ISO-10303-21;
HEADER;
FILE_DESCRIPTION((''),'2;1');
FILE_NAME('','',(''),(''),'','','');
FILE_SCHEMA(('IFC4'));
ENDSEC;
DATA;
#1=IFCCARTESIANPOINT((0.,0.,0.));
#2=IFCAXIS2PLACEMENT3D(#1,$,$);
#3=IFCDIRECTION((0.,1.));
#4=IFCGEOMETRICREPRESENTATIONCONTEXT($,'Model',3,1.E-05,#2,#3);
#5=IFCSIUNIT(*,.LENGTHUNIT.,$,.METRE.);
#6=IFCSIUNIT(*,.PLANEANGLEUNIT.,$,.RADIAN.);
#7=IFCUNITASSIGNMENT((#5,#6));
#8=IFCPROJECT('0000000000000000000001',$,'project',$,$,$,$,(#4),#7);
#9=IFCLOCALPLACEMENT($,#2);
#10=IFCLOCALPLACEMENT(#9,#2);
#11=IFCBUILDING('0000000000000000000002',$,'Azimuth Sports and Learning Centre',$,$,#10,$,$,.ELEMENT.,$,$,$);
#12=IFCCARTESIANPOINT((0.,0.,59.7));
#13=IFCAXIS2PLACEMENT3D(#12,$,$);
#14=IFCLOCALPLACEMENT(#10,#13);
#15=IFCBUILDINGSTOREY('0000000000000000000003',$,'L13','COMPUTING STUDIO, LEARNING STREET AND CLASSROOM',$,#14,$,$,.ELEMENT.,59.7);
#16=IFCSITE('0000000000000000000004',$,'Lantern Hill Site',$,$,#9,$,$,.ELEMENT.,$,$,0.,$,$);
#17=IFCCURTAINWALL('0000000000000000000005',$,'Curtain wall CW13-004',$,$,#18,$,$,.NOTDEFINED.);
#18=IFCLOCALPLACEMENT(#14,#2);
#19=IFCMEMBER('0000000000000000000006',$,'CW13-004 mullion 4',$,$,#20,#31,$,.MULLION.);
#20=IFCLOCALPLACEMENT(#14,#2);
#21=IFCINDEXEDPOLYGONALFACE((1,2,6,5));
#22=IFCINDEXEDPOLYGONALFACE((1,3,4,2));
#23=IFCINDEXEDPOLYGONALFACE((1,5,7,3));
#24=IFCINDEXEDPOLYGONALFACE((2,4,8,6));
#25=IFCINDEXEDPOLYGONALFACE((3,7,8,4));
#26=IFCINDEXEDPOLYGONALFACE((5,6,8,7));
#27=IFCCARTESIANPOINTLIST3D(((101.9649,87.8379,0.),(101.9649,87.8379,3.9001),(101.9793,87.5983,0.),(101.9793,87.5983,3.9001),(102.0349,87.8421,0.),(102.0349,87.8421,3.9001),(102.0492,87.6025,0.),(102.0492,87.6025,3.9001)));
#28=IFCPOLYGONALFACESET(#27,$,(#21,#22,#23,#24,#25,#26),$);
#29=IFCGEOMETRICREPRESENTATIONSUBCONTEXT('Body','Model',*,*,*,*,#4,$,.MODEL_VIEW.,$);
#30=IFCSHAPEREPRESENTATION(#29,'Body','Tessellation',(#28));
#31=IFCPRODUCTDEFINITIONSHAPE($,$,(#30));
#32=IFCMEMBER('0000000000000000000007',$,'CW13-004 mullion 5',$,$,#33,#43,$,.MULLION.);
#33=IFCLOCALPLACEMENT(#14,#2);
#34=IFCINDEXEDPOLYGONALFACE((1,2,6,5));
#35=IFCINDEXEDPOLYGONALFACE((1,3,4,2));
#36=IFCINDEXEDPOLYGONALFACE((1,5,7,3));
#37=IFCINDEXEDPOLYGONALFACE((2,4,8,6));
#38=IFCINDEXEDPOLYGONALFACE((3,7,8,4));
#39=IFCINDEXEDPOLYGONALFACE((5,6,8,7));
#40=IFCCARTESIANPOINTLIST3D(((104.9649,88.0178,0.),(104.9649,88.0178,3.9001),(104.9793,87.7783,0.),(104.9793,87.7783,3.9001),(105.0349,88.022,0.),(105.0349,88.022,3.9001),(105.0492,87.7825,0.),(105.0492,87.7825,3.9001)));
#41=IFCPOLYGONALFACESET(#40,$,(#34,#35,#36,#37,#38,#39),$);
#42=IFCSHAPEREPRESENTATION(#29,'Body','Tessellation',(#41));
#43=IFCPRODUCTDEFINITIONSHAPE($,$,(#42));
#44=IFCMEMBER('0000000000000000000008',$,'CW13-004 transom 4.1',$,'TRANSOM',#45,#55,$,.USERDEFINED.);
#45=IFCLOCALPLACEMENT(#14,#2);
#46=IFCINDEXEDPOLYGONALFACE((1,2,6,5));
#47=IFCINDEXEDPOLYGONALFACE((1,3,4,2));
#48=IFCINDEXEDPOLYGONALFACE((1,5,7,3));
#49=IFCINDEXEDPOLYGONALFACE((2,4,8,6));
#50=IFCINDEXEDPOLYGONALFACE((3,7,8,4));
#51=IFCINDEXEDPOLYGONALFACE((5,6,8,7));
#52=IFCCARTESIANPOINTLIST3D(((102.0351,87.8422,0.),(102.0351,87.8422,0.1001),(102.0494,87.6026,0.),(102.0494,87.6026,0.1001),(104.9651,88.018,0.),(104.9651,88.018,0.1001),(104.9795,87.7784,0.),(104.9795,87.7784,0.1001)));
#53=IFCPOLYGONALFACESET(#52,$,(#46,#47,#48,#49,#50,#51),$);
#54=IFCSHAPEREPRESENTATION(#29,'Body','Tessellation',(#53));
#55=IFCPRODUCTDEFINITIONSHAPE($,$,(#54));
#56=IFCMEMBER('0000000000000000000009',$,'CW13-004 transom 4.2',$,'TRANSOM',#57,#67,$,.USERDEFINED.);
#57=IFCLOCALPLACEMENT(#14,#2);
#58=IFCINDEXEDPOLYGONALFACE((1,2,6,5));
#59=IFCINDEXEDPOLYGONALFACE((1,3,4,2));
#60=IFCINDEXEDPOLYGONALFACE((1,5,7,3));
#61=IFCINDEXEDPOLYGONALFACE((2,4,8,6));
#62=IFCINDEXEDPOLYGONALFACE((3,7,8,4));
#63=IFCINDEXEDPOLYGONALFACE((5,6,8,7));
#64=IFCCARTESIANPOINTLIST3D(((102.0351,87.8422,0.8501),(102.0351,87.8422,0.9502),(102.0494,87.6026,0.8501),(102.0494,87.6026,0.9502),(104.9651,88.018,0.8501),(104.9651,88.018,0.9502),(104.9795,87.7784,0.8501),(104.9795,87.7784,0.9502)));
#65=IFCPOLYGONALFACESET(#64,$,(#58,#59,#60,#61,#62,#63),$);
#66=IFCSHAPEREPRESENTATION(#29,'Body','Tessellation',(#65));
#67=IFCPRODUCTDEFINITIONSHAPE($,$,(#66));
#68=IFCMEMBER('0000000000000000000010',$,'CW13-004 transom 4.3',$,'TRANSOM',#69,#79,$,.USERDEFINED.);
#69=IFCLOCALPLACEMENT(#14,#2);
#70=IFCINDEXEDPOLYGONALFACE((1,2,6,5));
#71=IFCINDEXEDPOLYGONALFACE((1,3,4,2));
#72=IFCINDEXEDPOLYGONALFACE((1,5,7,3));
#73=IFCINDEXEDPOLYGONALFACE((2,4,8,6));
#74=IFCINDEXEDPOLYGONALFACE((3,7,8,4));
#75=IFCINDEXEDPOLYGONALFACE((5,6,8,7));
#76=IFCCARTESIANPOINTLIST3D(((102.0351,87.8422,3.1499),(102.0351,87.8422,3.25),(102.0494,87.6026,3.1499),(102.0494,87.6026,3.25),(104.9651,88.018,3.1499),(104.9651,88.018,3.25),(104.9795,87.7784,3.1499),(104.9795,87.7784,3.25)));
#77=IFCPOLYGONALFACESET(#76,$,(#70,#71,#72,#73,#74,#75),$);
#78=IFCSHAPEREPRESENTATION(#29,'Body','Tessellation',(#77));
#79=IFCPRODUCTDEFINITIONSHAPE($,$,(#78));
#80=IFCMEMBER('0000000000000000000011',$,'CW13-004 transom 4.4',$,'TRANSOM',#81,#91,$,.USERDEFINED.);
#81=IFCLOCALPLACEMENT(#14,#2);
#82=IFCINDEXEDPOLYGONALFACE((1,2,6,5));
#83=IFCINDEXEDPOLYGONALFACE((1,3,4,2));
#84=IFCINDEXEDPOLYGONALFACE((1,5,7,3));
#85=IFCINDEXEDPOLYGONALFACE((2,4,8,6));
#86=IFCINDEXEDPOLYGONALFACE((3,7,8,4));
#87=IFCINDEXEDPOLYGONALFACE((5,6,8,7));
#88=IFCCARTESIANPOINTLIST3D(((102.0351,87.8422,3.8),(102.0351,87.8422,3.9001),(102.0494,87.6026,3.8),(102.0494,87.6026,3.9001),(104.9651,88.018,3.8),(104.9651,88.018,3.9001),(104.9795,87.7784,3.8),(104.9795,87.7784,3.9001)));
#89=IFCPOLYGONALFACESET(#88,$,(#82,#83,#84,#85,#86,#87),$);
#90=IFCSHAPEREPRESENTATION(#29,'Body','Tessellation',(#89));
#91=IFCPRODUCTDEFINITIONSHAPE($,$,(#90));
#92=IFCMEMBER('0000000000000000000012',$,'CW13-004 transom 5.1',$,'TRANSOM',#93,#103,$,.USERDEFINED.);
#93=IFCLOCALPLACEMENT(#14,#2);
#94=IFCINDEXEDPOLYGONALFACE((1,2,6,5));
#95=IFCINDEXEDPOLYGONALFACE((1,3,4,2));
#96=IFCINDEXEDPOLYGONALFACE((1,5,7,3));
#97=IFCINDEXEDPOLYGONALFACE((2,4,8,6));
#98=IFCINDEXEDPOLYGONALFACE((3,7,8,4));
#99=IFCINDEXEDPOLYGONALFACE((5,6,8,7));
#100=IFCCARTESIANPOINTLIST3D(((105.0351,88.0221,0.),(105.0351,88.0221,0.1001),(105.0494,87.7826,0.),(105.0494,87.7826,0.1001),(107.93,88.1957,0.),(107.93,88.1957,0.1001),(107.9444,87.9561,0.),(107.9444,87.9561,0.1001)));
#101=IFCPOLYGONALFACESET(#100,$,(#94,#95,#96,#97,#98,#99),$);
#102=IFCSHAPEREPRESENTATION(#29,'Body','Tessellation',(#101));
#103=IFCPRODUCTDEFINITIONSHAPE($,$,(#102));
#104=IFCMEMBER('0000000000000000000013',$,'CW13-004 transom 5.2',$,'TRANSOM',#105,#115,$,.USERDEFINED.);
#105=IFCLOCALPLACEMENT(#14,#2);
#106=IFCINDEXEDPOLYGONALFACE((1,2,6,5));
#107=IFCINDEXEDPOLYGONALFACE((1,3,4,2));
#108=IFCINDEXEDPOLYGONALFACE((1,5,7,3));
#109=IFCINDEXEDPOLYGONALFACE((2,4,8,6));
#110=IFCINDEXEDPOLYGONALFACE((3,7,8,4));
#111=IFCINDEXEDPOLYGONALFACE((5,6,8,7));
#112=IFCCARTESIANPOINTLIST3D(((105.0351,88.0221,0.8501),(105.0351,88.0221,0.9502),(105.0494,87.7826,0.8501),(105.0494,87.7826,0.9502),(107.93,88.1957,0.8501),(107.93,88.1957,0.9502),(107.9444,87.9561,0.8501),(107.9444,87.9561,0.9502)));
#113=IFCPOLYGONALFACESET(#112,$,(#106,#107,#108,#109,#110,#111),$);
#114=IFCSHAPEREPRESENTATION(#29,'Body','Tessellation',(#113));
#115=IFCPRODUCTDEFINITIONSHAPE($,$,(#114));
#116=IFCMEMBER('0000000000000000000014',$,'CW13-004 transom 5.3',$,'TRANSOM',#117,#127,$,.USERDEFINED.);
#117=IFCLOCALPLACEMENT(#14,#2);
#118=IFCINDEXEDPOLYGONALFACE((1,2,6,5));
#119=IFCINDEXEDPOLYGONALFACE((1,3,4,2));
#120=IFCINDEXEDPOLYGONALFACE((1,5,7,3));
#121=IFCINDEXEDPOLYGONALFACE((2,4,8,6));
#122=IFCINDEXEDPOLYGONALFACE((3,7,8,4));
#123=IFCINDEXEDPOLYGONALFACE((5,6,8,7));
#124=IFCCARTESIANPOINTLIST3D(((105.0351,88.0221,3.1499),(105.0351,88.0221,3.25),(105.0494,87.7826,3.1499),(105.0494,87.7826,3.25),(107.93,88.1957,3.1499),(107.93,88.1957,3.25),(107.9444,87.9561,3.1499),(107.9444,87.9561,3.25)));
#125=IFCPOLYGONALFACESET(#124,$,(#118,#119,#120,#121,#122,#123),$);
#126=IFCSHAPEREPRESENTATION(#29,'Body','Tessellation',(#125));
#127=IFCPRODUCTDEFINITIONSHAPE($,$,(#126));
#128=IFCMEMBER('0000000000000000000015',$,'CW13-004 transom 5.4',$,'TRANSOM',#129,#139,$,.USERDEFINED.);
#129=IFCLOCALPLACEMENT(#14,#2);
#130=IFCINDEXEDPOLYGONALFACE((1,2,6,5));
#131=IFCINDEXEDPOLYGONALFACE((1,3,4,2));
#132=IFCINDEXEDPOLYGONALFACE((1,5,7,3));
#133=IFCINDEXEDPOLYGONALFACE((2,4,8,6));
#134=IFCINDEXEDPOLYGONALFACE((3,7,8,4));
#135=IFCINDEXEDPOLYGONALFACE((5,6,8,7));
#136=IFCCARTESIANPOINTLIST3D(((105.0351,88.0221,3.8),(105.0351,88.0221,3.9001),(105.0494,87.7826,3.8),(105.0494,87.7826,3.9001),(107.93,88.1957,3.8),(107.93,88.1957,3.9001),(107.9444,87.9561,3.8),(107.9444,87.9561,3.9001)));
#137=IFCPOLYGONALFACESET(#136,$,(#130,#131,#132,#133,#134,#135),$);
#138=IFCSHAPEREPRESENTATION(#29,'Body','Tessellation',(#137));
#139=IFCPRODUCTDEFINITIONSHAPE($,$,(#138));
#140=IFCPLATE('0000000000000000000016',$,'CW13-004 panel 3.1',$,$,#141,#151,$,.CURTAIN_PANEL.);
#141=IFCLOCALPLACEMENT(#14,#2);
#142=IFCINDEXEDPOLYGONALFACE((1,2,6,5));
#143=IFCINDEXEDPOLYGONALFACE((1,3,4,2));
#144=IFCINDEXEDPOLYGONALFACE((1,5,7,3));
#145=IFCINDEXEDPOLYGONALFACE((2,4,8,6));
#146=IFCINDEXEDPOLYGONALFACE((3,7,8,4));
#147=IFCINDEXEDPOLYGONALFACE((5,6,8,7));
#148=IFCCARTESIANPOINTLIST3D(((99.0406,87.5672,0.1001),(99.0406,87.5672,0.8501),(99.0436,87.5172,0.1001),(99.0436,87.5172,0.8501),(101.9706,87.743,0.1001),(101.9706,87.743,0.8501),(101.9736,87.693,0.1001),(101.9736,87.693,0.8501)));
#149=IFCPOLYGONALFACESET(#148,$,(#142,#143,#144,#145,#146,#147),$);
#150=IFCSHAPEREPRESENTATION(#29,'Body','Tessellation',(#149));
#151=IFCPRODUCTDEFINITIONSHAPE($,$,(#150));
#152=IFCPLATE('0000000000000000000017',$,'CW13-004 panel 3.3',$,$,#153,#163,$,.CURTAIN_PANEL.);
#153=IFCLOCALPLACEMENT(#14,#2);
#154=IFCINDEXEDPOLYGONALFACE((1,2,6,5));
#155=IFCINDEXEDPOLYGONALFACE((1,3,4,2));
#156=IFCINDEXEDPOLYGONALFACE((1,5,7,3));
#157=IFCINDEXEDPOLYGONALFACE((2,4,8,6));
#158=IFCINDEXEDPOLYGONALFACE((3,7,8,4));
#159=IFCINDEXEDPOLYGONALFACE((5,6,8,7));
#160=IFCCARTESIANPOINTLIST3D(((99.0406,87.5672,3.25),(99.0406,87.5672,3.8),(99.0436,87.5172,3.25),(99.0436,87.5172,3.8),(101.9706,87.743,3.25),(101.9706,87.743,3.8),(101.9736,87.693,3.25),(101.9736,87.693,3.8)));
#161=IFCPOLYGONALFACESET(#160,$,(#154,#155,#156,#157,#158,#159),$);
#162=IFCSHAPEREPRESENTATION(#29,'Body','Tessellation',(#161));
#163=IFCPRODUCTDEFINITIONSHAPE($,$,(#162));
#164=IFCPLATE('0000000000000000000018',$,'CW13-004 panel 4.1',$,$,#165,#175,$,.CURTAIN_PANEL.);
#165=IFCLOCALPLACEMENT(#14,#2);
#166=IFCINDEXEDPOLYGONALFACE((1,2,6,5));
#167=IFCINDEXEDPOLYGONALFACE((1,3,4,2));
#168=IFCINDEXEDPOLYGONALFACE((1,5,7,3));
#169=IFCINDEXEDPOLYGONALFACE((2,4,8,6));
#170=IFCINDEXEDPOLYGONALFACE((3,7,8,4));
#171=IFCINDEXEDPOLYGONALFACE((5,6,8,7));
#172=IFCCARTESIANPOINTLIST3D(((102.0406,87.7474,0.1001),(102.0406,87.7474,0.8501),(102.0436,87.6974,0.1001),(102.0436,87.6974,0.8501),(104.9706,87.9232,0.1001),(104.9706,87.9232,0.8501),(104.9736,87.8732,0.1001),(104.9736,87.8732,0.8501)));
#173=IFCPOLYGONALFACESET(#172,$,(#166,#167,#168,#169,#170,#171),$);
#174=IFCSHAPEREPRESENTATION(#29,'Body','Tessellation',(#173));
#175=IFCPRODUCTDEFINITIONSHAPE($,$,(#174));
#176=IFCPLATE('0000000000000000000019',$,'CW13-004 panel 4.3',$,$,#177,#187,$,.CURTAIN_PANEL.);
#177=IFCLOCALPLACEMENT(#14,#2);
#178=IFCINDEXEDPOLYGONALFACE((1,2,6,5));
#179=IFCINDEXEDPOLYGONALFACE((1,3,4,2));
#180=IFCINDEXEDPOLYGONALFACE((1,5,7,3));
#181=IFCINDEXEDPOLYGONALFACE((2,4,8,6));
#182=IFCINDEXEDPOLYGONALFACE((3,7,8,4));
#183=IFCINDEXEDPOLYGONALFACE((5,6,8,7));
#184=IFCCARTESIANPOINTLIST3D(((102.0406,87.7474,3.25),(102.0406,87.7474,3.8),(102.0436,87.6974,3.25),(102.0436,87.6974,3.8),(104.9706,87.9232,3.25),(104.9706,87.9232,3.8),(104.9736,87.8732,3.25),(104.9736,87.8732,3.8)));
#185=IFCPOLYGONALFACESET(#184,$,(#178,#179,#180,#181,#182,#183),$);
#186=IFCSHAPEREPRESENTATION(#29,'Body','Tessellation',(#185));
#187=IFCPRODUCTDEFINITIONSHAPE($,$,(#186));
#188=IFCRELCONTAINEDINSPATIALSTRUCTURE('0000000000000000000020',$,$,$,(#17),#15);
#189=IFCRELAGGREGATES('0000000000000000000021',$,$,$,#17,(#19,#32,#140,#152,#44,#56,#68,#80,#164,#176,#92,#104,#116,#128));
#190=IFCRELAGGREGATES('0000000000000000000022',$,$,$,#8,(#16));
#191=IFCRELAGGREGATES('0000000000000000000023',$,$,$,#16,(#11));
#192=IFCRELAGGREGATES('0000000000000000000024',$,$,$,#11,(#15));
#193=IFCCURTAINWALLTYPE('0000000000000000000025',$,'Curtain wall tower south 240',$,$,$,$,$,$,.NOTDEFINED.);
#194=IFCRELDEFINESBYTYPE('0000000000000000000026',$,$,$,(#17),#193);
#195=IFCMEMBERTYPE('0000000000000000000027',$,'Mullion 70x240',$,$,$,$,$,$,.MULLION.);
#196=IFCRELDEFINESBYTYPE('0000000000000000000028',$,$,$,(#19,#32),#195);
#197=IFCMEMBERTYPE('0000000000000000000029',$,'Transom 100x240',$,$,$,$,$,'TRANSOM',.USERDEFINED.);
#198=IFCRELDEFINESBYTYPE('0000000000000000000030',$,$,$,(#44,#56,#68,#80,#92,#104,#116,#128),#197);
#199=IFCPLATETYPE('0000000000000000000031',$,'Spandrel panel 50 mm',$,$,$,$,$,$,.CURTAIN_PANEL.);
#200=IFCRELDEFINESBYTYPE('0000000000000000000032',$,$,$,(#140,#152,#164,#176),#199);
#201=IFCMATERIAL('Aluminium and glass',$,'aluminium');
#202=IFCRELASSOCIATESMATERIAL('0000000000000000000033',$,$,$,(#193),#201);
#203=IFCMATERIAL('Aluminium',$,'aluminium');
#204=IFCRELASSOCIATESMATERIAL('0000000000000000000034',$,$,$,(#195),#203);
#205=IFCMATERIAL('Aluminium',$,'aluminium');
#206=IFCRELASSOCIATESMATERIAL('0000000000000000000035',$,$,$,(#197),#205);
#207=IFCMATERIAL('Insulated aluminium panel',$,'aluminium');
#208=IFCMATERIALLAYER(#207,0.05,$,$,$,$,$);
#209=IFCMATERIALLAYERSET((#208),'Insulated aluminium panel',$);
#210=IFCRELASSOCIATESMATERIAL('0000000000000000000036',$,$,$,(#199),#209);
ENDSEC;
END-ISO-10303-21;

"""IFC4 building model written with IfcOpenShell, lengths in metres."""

from ifc_helpers import new_model, si_unit, direction, frame, origin, origin_2d, place, context, subcontext, project, spatial, rectangle, extrude, material, layer, layer_set, material_profile, profile_set, type_object, element, aggregate, save


model = new_model("IFC4")

# Units and contexts
model_context = context("Model", 3, precision=1e-05, world=origin(), true_north=direction((0.0, 1.0)))
body_context = subcontext(model_context, "Body", "Model", "MODEL_VIEW")
ifc_project = project(units=[si_unit("LENGTHUNIT", "METRE"), si_unit("PLANEANGLEUNIT", "RADIAN")], contexts=[model_context])

# Site, building, storey
site_placement = place(None, origin())
site = spatial("IfcSite", under=ifc_project, at=site_placement, Name="Lantern Hill Site", CompositionType="ELEMENT", RefElevation=0.0)
building_placement = place(site_placement, origin())
building = spatial("IfcBuilding", under=site, at=building_placement, Name="Azimuth Sports and Learning Centre", CompositionType="ELEMENT")
storey_placement = place(building_placement, frame((0.0, 0.0, 59.7)))
storey = spatial("IfcBuildingStorey", under=building, at=storey_placement, Name="L13", Description="COMPUTING STUDIO, LEARNING STREET AND CLASSROOM", CompositionType="ELEMENT", Elevation=59.7)

# Curtain wall, members, plates
ifc_material_1 = material(Name="Aluminium and glass", Category="aluminium")
curtain_wall_type = type_object("IfcCurtainWallType", Name="Curtain wall tower south 240", PredefinedType="NOTDEFINED", material=ifc_material_1)
curtain_wall_placement = place(storey_placement, origin())
curtain_wall = element("IfcCurtainWall", 1, at=curtain_wall_placement, inside=storey, type_object=curtain_wall_type, Name="Curtain wall CW13-004", PredefinedType="NOTDEFINED")
ifc_material_2 = material(Name="Aluminium", Category="aluminium")
ifc_material_profile_1 = material_profile(ifc_material_2, rectangle(XDim=0.24, YDim=0.0701, at=origin_2d()), Name="Mullion 70x240")
ifc_profile_set_1 = profile_set([ifc_material_profile_1], Name="Aluminium")
member_type_1 = type_object("IfcMemberType", Name="Mullion 70x240", PredefinedType="MULLION", material=ifc_profile_set_1)
member_1_placement = place(storey_placement, frame((102.0071, 87.7202, 0.0), z_axis=(0.0, 0.0, 1.0), x_axis=(-0.059892, 0.998205, 0.0)))
member_1 = element("IfcMember", 2, at=member_1_placement, type_object=member_type_1, Name="CW13-004 mullion 4", PredefinedType="MULLION", context=body_context, shape_type="SweptSolid", body=[
    extrude(rectangle(XDim=0.24, YDim=0.0701, at=origin_2d()), origin(), (0.0, 0.0, 1.0), 3.9001),
])
member_2_placement = place(storey_placement, frame((105.0071, 87.9001, 0.0), z_axis=(0.0, 0.0, 1.0), x_axis=(-0.059892, 0.998205, 0.0)))
member_2 = element("IfcMember", 3, at=member_2_placement, type_object=member_type_1, Name="CW13-004 mullion 5", PredefinedType="MULLION", context=body_context, shape_type="SweptSolid", body=[
    extrude(rectangle(XDim=0.24, YDim=0.0701, at=origin_2d()), origin(), (0.0, 0.0, 1.0), 3.9001),
])
ifc_material_3 = material(Name="Aluminium", Category="aluminium")
ifc_material_profile_2 = material_profile(ifc_material_3, rectangle(XDim=0.24, YDim=0.1001, at=origin_2d()), Name="Transom 100x240")
ifc_profile_set_2 = profile_set([ifc_material_profile_2], Name="Aluminium")
member_type_2 = type_object("IfcMemberType", Name="Transom 100x240", ElementType="TRANSOM", PredefinedType="USERDEFINED", material=ifc_profile_set_2)
member_3_placement = place(storey_placement, frame((102.0422, 87.7224, 0.05), z_axis=(0.998205, 0.059887, 0.0), x_axis=(-0.059887, 0.998205, 0.0)))
member_3 = element("IfcMember", 4, at=member_3_placement, type_object=member_type_2, Name="CW13-004 transom 4.1", ObjectType="TRANSOM", PredefinedType="USERDEFINED", context=body_context, shape_type="SweptSolid", body=[
    extrude(rectangle(XDim=0.24, YDim=0.1001, at=origin_2d()), origin(), (0.0, 0.0, 1.0), 2.9353),
])
member_4_placement = place(storey_placement, frame((102.0422, 87.7224, 0.9001), z_axis=(0.998205, 0.059887, 0.0), x_axis=(-0.059887, 0.998205, 0.0)))
member_4 = element("IfcMember", 5, at=member_4_placement, type_object=member_type_2, Name="CW13-004 transom 4.2", ObjectType="TRANSOM", PredefinedType="USERDEFINED", context=body_context, shape_type="SweptSolid", body=[
    extrude(rectangle(XDim=0.24, YDim=0.1001, at=origin_2d()), origin(), (0.0, 0.0, 1.0), 2.9353),
])
member_5_placement = place(storey_placement, frame((102.0422, 87.7224, 3.2), z_axis=(0.998205, 0.059887, 0.0), x_axis=(-0.059887, 0.998205, 0.0)))
member_5 = element("IfcMember", 6, at=member_5_placement, type_object=member_type_2, Name="CW13-004 transom 4.3", ObjectType="TRANSOM", PredefinedType="USERDEFINED", context=body_context, shape_type="SweptSolid", body=[
    extrude(rectangle(XDim=0.24, YDim=0.1001, at=origin_2d()), origin(), (0.0, 0.0, 1.0), 2.9353),
])
member_6_placement = place(storey_placement, frame((102.0422, 87.7224, 3.8501), z_axis=(0.998205, 0.059887, 0.0), x_axis=(-0.059887, 0.998205, 0.0)))
member_6 = element("IfcMember", 7, at=member_6_placement, type_object=member_type_2, Name="CW13-004 transom 4.4", ObjectType="TRANSOM", PredefinedType="USERDEFINED", context=body_context, shape_type="SweptSolid", body=[
    extrude(rectangle(XDim=0.24, YDim=0.1001, at=origin_2d()), origin(), (0.0, 0.0, 1.0), 2.9353),
])
member_7_placement = place(storey_placement, frame((105.0422, 87.9023, 0.05), z_axis=(0.998207, 0.059852, 0.0), x_axis=(-0.059852, 0.998207, 0.0)))
member_7 = element("IfcMember", 8, at=member_7_placement, type_object=member_type_2, Name="CW13-004 transom 5.1", ObjectType="TRANSOM", PredefinedType="USERDEFINED", context=body_context, shape_type="SweptSolid", body=[
    extrude(rectangle(XDim=0.24, YDim=0.1001, at=origin_2d()), origin(), (0.0, 0.0, 1.0), 2.9001),
])
member_8_placement = place(storey_placement, frame((105.0422, 87.9023, 0.9001), z_axis=(0.998207, 0.059852, 0.0), x_axis=(-0.059852, 0.998207, 0.0)))
member_8 = element("IfcMember", 9, at=member_8_placement, type_object=member_type_2, Name="CW13-004 transom 5.2", ObjectType="TRANSOM", PredefinedType="USERDEFINED", context=body_context, shape_type="SweptSolid", body=[
    extrude(rectangle(XDim=0.24, YDim=0.1001, at=origin_2d()), origin(), (0.0, 0.0, 1.0), 2.9001),
])
member_9_placement = place(storey_placement, frame((105.0422, 87.9023, 3.2), z_axis=(0.998207, 0.059852, 0.0), x_axis=(-0.059852, 0.998207, 0.0)))
member_9 = element("IfcMember", 10, at=member_9_placement, type_object=member_type_2, Name="CW13-004 transom 5.3", ObjectType="TRANSOM", PredefinedType="USERDEFINED", context=body_context, shape_type="SweptSolid", body=[
    extrude(rectangle(XDim=0.24, YDim=0.1001, at=origin_2d()), origin(), (0.0, 0.0, 1.0), 2.9001),
])
member_10_placement = place(storey_placement, frame((105.0422, 87.9023, 3.8501), z_axis=(0.998207, 0.059852, 0.0), x_axis=(-0.059852, 0.998207, 0.0)))
member_10 = element("IfcMember", 11, at=member_10_placement, type_object=member_type_2, Name="CW13-004 transom 5.4", ObjectType="TRANSOM", PredefinedType="USERDEFINED", context=body_context, shape_type="SweptSolid", body=[
    extrude(rectangle(XDim=0.24, YDim=0.1001, at=origin_2d()), origin(), (0.0, 0.0, 1.0), 2.9001),
])
ifc_material_4 = material(Name="Insulated aluminium panel", Category="aluminium")
ifc_layer_1 = layer(ifc_material_4, 0.05)
ifc_layer_set_1 = layer_set([ifc_layer_1], Name="Insulated aluminium panel")
plate_type_1 = type_object("IfcPlateType", Name="Spandrel panel 50 mm", PredefinedType="CURTAIN_PANEL", material=ifc_layer_set_1)
plate_1_placement = place(storey_placement, frame((100.5071, 87.6301, 0.1001), z_axis=(0.0, 0.0, 1.0), x_axis=(0.998205, 0.059892, 0.0)))
plate_1 = element("IfcPlate", 12, at=plate_1_placement, type_object=plate_type_1, Name="CW13-004 panel 3.1", PredefinedType="CURTAIN_PANEL", context=body_context, shape_type="SweptSolid", body=[
    extrude(rectangle(XDim=2.9353, YDim=0.05, at=origin_2d()), origin(), (0.0, 0.0, 1.0), 0.75),
])
plate_2_placement = place(storey_placement, frame((100.5071, 87.6301, 3.25), z_axis=(0.0, 0.0, 1.0), x_axis=(0.998205, 0.059892, 0.0)))
plate_2 = element("IfcPlate", 13, at=plate_2_placement, type_object=plate_type_1, Name="CW13-004 panel 3.3", PredefinedType="CURTAIN_PANEL", context=body_context, shape_type="SweptSolid", body=[
    extrude(rectangle(XDim=2.9353, YDim=0.05, at=origin_2d()), origin(), (0.0, 0.0, 1.0), 0.55),
])
plate_3_placement = place(storey_placement, frame((103.5071, 87.8103, 0.1001), z_axis=(0.0, 0.0, 1.0), x_axis=(0.998205, 0.059892, 0.0)))
plate_3 = element("IfcPlate", 14, at=plate_3_placement, type_object=plate_type_1, Name="CW13-004 panel 4.1", PredefinedType="CURTAIN_PANEL", context=body_context, shape_type="SweptSolid", body=[
    extrude(rectangle(XDim=2.9353, YDim=0.05, at=origin_2d()), origin(), (0.0, 0.0, 1.0), 0.75),
])
plate_4_placement = place(storey_placement, frame((103.5071, 87.8103, 3.25), z_axis=(0.0, 0.0, 1.0), x_axis=(0.998205, 0.059892, 0.0)))
plate_4 = element("IfcPlate", 15, at=plate_4_placement, type_object=plate_type_1, Name="CW13-004 panel 4.3", PredefinedType="CURTAIN_PANEL", context=body_context, shape_type="SweptSolid", body=[
    extrude(rectangle(XDim=2.9353, YDim=0.05, at=origin_2d()), origin(), (0.0, 0.0, 1.0), 0.55),
])
aggregate(curtain_wall, [member_1, member_2, plate_1, plate_2, member_3, member_4, member_5, member_6, plate_3, plate_4, member_7, member_8, member_9, member_10])

save(model, "model.ifc")
